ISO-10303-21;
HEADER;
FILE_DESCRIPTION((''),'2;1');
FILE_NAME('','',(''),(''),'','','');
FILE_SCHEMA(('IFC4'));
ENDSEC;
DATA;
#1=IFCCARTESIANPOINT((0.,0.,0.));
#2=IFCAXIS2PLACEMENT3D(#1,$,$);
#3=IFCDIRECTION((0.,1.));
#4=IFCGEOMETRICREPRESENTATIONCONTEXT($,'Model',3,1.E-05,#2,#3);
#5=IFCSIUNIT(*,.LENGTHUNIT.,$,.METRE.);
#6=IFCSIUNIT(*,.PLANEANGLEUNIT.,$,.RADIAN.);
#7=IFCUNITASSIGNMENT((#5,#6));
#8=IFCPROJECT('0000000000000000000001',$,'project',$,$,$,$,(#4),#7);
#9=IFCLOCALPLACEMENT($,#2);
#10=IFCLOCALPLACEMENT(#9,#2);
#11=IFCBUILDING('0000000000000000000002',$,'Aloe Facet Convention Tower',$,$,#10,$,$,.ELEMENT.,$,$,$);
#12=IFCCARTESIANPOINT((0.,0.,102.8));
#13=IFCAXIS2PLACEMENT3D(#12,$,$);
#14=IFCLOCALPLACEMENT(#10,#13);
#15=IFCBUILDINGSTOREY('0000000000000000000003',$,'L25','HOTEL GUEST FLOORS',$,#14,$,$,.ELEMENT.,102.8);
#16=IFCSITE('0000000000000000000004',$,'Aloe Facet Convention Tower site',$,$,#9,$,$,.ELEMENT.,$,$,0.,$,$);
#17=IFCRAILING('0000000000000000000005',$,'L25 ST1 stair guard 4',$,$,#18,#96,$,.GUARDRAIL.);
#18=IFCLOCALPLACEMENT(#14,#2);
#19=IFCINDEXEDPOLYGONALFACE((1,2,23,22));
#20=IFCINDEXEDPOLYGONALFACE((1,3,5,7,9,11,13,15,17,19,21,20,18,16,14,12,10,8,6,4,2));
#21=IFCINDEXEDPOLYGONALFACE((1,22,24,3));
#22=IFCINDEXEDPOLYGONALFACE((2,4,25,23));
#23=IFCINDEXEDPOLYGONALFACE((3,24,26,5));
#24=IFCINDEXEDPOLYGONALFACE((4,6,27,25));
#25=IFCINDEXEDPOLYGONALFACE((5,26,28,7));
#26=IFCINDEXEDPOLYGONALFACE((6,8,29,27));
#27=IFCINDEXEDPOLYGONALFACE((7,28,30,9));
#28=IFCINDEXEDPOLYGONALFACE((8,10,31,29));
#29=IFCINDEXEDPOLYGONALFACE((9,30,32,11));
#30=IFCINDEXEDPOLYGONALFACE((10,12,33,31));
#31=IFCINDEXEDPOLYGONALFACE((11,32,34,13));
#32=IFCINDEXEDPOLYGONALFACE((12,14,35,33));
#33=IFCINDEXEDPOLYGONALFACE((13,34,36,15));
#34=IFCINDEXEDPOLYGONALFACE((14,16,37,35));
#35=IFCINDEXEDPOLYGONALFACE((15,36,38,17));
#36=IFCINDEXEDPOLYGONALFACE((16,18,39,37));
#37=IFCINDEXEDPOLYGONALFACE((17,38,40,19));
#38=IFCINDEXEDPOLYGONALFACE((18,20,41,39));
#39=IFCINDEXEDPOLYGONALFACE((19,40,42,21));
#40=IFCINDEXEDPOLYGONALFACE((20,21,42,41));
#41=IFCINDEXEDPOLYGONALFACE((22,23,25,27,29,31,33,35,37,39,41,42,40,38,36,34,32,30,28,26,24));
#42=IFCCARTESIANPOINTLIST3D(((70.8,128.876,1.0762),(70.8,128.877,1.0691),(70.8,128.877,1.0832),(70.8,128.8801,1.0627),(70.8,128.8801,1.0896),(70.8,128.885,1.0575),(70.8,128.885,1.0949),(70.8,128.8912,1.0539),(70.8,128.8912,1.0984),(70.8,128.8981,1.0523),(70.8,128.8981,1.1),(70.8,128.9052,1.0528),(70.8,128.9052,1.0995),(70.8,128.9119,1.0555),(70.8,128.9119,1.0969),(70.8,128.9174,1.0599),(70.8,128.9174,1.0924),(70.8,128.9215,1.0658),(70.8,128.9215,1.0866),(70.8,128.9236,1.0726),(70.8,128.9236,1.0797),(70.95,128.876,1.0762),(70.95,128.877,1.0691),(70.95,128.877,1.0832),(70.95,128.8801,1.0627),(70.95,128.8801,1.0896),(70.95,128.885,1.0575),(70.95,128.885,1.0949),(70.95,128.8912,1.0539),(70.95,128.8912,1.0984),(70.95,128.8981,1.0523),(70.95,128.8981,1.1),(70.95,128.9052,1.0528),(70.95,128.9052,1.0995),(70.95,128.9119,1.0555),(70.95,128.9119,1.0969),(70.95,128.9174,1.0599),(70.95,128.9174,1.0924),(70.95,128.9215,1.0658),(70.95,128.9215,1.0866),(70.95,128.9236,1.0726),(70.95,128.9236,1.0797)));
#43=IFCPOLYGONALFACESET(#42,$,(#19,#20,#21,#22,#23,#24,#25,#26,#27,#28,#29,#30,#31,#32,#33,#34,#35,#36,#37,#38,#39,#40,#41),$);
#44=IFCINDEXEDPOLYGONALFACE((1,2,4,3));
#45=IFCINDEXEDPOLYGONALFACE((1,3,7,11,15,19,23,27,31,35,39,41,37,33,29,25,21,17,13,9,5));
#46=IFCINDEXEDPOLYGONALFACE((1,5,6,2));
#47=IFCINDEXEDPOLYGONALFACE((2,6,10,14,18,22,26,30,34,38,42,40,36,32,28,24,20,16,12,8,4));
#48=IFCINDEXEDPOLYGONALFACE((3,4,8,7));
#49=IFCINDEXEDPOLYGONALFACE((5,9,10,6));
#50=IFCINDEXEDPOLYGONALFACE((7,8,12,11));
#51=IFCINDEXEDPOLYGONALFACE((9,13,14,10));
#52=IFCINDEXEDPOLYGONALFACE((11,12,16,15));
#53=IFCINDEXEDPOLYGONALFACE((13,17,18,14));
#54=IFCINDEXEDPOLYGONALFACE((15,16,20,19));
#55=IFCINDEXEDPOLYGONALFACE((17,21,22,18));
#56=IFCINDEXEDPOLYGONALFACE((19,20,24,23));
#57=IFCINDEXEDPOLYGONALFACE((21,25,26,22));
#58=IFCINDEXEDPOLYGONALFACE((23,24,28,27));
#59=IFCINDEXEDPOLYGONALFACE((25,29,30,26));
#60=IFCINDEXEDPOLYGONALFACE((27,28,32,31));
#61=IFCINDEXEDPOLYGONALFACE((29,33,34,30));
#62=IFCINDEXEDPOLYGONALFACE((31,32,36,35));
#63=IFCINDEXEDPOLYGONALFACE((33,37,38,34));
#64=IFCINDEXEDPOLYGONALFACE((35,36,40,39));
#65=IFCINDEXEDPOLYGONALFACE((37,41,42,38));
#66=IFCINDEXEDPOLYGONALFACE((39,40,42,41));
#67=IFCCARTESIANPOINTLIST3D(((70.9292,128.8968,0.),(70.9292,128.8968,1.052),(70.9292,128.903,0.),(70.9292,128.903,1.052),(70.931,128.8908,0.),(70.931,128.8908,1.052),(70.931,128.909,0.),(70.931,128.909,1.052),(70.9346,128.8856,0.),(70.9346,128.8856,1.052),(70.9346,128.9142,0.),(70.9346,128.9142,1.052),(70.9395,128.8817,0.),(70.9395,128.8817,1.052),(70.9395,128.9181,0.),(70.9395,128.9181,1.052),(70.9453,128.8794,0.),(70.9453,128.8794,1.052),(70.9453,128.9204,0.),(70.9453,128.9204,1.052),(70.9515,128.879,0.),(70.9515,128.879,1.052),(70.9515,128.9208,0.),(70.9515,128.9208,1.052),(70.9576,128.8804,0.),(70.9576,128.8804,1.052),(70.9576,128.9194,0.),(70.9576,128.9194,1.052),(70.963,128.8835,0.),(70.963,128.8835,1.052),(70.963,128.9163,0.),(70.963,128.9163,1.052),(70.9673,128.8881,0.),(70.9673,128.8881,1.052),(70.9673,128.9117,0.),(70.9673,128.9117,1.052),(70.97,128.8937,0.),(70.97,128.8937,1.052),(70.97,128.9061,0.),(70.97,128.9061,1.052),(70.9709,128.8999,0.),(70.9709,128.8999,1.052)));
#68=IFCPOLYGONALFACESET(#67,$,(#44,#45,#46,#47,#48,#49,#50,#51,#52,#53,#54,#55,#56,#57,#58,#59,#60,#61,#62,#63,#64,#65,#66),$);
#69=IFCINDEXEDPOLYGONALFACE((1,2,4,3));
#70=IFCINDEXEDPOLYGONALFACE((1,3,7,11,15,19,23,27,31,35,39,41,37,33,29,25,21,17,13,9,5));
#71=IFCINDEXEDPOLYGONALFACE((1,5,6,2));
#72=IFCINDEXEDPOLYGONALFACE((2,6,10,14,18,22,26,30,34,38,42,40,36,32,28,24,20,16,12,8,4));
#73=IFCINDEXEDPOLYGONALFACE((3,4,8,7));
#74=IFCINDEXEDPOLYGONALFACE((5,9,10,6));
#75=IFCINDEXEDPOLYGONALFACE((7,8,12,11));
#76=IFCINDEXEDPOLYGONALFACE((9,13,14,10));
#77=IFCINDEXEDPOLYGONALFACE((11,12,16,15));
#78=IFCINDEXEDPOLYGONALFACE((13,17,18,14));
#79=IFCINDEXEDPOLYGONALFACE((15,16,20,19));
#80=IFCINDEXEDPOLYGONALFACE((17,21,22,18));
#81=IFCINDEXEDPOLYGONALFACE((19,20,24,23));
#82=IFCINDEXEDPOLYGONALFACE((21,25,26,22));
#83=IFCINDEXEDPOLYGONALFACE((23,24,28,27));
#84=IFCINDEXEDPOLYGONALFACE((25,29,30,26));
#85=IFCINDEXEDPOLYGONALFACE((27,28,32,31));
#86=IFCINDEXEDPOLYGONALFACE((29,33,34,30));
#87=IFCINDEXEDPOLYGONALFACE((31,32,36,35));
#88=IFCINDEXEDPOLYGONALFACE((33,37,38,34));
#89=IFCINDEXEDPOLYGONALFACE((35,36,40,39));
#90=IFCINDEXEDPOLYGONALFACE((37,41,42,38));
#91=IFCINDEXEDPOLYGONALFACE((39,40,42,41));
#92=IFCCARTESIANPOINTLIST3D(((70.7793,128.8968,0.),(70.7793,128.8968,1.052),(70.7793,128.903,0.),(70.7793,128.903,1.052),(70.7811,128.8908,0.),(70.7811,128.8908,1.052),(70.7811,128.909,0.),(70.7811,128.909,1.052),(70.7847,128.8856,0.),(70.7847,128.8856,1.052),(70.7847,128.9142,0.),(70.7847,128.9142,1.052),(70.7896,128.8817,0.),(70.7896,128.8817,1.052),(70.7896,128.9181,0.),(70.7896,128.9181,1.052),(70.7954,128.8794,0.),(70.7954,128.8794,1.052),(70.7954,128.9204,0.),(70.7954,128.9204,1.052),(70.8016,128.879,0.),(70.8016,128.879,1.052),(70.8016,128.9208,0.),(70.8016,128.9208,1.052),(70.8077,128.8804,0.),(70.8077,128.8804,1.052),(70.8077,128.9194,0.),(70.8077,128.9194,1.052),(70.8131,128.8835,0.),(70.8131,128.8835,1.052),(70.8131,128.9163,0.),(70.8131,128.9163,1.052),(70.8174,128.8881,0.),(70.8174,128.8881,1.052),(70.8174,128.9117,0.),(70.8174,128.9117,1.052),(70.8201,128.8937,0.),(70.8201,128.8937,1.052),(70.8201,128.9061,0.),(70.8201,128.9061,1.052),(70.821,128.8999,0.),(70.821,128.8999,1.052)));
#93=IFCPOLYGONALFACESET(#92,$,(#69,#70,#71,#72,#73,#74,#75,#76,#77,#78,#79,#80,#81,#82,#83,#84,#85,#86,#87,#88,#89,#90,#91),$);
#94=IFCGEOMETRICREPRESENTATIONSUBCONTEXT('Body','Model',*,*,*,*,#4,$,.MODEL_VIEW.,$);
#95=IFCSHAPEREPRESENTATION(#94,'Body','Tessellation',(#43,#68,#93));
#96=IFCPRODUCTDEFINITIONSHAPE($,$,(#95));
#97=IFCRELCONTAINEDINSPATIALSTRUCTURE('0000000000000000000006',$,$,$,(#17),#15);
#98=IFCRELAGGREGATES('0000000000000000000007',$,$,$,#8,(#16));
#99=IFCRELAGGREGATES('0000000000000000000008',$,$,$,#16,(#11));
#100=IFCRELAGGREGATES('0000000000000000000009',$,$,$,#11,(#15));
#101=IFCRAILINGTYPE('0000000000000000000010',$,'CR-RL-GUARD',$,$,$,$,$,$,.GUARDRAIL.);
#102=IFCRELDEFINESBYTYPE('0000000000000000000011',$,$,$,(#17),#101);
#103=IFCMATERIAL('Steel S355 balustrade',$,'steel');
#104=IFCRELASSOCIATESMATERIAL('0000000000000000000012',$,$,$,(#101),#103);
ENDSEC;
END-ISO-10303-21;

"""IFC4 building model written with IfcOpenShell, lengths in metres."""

from ifc_helpers import new_model, si_unit, direction, frame, origin, origin_2d, place, context, subcontext, project, spatial, circle, extrude, material, type_object, element, save


model = new_model("IFC4")

# Units and contexts
model_context = context("Model", 3, precision=1e-05, world=origin(), true_north=direction((0.0, 1.0)))
body_context = subcontext(model_context, "Body", "Model", "MODEL_VIEW")
ifc_project = project(units=[si_unit("LENGTHUNIT", "METRE"), si_unit("PLANEANGLEUNIT", "RADIAN")], contexts=[model_context])

# Site, building, storey
site_placement = place(None, origin())
site = spatial("IfcSite", under=ifc_project, at=site_placement, Name="Aloe Facet Convention Tower site", CompositionType="ELEMENT", RefElevation=0.0)
building_placement = place(site_placement, origin())
building = spatial("IfcBuilding", under=site, at=building_placement, Name="Aloe Facet Convention Tower", CompositionType="ELEMENT")
storey_placement = place(building_placement, frame((0.0, 0.0, 102.8)))
storey = spatial("IfcBuildingStorey", under=building, at=storey_placement, Name="L25", Description="HOTEL GUEST FLOORS", CompositionType="ELEMENT", Elevation=102.8)

# Railing
ifc_material_1 = material(Name="Steel S355 balustrade", Category="steel")
railing_type_1 = type_object("IfcRailingType", Name="CR-RL-GUARD", PredefinedType="GUARDRAIL", material=ifc_material_1)
railing_1_placement = place(storey_placement, frame((70.95, 128.8999, 0.0)))
element("IfcRailing", 1, at=railing_1_placement, inside=storey, type_object=railing_type_1, Name="L25 ST1 stair guard 4", PredefinedType="GUARDRAIL", context=body_context, shape_type="SweptSolid", body=[
    extrude(circle(Radius=0.0239, at=origin_2d()), frame((0.0, 0.0, 1.0762), z_axis=(-1.0, 0.0, 0.0), x_axis=(0.0, -1.0, 0.0)), (0.0, 0.0, 1.0), 0.1499),
    extrude(circle(Radius=0.021, at=origin_2d()), origin(), (0.0, 0.0, 1.0), 1.052),
    extrude(circle(Radius=0.021, at=origin_2d()), frame((-0.1499, 0.0, 0.0)), (0.0, 0.0, 1.0), 1.052),
])

save(model, "model.ifc")
